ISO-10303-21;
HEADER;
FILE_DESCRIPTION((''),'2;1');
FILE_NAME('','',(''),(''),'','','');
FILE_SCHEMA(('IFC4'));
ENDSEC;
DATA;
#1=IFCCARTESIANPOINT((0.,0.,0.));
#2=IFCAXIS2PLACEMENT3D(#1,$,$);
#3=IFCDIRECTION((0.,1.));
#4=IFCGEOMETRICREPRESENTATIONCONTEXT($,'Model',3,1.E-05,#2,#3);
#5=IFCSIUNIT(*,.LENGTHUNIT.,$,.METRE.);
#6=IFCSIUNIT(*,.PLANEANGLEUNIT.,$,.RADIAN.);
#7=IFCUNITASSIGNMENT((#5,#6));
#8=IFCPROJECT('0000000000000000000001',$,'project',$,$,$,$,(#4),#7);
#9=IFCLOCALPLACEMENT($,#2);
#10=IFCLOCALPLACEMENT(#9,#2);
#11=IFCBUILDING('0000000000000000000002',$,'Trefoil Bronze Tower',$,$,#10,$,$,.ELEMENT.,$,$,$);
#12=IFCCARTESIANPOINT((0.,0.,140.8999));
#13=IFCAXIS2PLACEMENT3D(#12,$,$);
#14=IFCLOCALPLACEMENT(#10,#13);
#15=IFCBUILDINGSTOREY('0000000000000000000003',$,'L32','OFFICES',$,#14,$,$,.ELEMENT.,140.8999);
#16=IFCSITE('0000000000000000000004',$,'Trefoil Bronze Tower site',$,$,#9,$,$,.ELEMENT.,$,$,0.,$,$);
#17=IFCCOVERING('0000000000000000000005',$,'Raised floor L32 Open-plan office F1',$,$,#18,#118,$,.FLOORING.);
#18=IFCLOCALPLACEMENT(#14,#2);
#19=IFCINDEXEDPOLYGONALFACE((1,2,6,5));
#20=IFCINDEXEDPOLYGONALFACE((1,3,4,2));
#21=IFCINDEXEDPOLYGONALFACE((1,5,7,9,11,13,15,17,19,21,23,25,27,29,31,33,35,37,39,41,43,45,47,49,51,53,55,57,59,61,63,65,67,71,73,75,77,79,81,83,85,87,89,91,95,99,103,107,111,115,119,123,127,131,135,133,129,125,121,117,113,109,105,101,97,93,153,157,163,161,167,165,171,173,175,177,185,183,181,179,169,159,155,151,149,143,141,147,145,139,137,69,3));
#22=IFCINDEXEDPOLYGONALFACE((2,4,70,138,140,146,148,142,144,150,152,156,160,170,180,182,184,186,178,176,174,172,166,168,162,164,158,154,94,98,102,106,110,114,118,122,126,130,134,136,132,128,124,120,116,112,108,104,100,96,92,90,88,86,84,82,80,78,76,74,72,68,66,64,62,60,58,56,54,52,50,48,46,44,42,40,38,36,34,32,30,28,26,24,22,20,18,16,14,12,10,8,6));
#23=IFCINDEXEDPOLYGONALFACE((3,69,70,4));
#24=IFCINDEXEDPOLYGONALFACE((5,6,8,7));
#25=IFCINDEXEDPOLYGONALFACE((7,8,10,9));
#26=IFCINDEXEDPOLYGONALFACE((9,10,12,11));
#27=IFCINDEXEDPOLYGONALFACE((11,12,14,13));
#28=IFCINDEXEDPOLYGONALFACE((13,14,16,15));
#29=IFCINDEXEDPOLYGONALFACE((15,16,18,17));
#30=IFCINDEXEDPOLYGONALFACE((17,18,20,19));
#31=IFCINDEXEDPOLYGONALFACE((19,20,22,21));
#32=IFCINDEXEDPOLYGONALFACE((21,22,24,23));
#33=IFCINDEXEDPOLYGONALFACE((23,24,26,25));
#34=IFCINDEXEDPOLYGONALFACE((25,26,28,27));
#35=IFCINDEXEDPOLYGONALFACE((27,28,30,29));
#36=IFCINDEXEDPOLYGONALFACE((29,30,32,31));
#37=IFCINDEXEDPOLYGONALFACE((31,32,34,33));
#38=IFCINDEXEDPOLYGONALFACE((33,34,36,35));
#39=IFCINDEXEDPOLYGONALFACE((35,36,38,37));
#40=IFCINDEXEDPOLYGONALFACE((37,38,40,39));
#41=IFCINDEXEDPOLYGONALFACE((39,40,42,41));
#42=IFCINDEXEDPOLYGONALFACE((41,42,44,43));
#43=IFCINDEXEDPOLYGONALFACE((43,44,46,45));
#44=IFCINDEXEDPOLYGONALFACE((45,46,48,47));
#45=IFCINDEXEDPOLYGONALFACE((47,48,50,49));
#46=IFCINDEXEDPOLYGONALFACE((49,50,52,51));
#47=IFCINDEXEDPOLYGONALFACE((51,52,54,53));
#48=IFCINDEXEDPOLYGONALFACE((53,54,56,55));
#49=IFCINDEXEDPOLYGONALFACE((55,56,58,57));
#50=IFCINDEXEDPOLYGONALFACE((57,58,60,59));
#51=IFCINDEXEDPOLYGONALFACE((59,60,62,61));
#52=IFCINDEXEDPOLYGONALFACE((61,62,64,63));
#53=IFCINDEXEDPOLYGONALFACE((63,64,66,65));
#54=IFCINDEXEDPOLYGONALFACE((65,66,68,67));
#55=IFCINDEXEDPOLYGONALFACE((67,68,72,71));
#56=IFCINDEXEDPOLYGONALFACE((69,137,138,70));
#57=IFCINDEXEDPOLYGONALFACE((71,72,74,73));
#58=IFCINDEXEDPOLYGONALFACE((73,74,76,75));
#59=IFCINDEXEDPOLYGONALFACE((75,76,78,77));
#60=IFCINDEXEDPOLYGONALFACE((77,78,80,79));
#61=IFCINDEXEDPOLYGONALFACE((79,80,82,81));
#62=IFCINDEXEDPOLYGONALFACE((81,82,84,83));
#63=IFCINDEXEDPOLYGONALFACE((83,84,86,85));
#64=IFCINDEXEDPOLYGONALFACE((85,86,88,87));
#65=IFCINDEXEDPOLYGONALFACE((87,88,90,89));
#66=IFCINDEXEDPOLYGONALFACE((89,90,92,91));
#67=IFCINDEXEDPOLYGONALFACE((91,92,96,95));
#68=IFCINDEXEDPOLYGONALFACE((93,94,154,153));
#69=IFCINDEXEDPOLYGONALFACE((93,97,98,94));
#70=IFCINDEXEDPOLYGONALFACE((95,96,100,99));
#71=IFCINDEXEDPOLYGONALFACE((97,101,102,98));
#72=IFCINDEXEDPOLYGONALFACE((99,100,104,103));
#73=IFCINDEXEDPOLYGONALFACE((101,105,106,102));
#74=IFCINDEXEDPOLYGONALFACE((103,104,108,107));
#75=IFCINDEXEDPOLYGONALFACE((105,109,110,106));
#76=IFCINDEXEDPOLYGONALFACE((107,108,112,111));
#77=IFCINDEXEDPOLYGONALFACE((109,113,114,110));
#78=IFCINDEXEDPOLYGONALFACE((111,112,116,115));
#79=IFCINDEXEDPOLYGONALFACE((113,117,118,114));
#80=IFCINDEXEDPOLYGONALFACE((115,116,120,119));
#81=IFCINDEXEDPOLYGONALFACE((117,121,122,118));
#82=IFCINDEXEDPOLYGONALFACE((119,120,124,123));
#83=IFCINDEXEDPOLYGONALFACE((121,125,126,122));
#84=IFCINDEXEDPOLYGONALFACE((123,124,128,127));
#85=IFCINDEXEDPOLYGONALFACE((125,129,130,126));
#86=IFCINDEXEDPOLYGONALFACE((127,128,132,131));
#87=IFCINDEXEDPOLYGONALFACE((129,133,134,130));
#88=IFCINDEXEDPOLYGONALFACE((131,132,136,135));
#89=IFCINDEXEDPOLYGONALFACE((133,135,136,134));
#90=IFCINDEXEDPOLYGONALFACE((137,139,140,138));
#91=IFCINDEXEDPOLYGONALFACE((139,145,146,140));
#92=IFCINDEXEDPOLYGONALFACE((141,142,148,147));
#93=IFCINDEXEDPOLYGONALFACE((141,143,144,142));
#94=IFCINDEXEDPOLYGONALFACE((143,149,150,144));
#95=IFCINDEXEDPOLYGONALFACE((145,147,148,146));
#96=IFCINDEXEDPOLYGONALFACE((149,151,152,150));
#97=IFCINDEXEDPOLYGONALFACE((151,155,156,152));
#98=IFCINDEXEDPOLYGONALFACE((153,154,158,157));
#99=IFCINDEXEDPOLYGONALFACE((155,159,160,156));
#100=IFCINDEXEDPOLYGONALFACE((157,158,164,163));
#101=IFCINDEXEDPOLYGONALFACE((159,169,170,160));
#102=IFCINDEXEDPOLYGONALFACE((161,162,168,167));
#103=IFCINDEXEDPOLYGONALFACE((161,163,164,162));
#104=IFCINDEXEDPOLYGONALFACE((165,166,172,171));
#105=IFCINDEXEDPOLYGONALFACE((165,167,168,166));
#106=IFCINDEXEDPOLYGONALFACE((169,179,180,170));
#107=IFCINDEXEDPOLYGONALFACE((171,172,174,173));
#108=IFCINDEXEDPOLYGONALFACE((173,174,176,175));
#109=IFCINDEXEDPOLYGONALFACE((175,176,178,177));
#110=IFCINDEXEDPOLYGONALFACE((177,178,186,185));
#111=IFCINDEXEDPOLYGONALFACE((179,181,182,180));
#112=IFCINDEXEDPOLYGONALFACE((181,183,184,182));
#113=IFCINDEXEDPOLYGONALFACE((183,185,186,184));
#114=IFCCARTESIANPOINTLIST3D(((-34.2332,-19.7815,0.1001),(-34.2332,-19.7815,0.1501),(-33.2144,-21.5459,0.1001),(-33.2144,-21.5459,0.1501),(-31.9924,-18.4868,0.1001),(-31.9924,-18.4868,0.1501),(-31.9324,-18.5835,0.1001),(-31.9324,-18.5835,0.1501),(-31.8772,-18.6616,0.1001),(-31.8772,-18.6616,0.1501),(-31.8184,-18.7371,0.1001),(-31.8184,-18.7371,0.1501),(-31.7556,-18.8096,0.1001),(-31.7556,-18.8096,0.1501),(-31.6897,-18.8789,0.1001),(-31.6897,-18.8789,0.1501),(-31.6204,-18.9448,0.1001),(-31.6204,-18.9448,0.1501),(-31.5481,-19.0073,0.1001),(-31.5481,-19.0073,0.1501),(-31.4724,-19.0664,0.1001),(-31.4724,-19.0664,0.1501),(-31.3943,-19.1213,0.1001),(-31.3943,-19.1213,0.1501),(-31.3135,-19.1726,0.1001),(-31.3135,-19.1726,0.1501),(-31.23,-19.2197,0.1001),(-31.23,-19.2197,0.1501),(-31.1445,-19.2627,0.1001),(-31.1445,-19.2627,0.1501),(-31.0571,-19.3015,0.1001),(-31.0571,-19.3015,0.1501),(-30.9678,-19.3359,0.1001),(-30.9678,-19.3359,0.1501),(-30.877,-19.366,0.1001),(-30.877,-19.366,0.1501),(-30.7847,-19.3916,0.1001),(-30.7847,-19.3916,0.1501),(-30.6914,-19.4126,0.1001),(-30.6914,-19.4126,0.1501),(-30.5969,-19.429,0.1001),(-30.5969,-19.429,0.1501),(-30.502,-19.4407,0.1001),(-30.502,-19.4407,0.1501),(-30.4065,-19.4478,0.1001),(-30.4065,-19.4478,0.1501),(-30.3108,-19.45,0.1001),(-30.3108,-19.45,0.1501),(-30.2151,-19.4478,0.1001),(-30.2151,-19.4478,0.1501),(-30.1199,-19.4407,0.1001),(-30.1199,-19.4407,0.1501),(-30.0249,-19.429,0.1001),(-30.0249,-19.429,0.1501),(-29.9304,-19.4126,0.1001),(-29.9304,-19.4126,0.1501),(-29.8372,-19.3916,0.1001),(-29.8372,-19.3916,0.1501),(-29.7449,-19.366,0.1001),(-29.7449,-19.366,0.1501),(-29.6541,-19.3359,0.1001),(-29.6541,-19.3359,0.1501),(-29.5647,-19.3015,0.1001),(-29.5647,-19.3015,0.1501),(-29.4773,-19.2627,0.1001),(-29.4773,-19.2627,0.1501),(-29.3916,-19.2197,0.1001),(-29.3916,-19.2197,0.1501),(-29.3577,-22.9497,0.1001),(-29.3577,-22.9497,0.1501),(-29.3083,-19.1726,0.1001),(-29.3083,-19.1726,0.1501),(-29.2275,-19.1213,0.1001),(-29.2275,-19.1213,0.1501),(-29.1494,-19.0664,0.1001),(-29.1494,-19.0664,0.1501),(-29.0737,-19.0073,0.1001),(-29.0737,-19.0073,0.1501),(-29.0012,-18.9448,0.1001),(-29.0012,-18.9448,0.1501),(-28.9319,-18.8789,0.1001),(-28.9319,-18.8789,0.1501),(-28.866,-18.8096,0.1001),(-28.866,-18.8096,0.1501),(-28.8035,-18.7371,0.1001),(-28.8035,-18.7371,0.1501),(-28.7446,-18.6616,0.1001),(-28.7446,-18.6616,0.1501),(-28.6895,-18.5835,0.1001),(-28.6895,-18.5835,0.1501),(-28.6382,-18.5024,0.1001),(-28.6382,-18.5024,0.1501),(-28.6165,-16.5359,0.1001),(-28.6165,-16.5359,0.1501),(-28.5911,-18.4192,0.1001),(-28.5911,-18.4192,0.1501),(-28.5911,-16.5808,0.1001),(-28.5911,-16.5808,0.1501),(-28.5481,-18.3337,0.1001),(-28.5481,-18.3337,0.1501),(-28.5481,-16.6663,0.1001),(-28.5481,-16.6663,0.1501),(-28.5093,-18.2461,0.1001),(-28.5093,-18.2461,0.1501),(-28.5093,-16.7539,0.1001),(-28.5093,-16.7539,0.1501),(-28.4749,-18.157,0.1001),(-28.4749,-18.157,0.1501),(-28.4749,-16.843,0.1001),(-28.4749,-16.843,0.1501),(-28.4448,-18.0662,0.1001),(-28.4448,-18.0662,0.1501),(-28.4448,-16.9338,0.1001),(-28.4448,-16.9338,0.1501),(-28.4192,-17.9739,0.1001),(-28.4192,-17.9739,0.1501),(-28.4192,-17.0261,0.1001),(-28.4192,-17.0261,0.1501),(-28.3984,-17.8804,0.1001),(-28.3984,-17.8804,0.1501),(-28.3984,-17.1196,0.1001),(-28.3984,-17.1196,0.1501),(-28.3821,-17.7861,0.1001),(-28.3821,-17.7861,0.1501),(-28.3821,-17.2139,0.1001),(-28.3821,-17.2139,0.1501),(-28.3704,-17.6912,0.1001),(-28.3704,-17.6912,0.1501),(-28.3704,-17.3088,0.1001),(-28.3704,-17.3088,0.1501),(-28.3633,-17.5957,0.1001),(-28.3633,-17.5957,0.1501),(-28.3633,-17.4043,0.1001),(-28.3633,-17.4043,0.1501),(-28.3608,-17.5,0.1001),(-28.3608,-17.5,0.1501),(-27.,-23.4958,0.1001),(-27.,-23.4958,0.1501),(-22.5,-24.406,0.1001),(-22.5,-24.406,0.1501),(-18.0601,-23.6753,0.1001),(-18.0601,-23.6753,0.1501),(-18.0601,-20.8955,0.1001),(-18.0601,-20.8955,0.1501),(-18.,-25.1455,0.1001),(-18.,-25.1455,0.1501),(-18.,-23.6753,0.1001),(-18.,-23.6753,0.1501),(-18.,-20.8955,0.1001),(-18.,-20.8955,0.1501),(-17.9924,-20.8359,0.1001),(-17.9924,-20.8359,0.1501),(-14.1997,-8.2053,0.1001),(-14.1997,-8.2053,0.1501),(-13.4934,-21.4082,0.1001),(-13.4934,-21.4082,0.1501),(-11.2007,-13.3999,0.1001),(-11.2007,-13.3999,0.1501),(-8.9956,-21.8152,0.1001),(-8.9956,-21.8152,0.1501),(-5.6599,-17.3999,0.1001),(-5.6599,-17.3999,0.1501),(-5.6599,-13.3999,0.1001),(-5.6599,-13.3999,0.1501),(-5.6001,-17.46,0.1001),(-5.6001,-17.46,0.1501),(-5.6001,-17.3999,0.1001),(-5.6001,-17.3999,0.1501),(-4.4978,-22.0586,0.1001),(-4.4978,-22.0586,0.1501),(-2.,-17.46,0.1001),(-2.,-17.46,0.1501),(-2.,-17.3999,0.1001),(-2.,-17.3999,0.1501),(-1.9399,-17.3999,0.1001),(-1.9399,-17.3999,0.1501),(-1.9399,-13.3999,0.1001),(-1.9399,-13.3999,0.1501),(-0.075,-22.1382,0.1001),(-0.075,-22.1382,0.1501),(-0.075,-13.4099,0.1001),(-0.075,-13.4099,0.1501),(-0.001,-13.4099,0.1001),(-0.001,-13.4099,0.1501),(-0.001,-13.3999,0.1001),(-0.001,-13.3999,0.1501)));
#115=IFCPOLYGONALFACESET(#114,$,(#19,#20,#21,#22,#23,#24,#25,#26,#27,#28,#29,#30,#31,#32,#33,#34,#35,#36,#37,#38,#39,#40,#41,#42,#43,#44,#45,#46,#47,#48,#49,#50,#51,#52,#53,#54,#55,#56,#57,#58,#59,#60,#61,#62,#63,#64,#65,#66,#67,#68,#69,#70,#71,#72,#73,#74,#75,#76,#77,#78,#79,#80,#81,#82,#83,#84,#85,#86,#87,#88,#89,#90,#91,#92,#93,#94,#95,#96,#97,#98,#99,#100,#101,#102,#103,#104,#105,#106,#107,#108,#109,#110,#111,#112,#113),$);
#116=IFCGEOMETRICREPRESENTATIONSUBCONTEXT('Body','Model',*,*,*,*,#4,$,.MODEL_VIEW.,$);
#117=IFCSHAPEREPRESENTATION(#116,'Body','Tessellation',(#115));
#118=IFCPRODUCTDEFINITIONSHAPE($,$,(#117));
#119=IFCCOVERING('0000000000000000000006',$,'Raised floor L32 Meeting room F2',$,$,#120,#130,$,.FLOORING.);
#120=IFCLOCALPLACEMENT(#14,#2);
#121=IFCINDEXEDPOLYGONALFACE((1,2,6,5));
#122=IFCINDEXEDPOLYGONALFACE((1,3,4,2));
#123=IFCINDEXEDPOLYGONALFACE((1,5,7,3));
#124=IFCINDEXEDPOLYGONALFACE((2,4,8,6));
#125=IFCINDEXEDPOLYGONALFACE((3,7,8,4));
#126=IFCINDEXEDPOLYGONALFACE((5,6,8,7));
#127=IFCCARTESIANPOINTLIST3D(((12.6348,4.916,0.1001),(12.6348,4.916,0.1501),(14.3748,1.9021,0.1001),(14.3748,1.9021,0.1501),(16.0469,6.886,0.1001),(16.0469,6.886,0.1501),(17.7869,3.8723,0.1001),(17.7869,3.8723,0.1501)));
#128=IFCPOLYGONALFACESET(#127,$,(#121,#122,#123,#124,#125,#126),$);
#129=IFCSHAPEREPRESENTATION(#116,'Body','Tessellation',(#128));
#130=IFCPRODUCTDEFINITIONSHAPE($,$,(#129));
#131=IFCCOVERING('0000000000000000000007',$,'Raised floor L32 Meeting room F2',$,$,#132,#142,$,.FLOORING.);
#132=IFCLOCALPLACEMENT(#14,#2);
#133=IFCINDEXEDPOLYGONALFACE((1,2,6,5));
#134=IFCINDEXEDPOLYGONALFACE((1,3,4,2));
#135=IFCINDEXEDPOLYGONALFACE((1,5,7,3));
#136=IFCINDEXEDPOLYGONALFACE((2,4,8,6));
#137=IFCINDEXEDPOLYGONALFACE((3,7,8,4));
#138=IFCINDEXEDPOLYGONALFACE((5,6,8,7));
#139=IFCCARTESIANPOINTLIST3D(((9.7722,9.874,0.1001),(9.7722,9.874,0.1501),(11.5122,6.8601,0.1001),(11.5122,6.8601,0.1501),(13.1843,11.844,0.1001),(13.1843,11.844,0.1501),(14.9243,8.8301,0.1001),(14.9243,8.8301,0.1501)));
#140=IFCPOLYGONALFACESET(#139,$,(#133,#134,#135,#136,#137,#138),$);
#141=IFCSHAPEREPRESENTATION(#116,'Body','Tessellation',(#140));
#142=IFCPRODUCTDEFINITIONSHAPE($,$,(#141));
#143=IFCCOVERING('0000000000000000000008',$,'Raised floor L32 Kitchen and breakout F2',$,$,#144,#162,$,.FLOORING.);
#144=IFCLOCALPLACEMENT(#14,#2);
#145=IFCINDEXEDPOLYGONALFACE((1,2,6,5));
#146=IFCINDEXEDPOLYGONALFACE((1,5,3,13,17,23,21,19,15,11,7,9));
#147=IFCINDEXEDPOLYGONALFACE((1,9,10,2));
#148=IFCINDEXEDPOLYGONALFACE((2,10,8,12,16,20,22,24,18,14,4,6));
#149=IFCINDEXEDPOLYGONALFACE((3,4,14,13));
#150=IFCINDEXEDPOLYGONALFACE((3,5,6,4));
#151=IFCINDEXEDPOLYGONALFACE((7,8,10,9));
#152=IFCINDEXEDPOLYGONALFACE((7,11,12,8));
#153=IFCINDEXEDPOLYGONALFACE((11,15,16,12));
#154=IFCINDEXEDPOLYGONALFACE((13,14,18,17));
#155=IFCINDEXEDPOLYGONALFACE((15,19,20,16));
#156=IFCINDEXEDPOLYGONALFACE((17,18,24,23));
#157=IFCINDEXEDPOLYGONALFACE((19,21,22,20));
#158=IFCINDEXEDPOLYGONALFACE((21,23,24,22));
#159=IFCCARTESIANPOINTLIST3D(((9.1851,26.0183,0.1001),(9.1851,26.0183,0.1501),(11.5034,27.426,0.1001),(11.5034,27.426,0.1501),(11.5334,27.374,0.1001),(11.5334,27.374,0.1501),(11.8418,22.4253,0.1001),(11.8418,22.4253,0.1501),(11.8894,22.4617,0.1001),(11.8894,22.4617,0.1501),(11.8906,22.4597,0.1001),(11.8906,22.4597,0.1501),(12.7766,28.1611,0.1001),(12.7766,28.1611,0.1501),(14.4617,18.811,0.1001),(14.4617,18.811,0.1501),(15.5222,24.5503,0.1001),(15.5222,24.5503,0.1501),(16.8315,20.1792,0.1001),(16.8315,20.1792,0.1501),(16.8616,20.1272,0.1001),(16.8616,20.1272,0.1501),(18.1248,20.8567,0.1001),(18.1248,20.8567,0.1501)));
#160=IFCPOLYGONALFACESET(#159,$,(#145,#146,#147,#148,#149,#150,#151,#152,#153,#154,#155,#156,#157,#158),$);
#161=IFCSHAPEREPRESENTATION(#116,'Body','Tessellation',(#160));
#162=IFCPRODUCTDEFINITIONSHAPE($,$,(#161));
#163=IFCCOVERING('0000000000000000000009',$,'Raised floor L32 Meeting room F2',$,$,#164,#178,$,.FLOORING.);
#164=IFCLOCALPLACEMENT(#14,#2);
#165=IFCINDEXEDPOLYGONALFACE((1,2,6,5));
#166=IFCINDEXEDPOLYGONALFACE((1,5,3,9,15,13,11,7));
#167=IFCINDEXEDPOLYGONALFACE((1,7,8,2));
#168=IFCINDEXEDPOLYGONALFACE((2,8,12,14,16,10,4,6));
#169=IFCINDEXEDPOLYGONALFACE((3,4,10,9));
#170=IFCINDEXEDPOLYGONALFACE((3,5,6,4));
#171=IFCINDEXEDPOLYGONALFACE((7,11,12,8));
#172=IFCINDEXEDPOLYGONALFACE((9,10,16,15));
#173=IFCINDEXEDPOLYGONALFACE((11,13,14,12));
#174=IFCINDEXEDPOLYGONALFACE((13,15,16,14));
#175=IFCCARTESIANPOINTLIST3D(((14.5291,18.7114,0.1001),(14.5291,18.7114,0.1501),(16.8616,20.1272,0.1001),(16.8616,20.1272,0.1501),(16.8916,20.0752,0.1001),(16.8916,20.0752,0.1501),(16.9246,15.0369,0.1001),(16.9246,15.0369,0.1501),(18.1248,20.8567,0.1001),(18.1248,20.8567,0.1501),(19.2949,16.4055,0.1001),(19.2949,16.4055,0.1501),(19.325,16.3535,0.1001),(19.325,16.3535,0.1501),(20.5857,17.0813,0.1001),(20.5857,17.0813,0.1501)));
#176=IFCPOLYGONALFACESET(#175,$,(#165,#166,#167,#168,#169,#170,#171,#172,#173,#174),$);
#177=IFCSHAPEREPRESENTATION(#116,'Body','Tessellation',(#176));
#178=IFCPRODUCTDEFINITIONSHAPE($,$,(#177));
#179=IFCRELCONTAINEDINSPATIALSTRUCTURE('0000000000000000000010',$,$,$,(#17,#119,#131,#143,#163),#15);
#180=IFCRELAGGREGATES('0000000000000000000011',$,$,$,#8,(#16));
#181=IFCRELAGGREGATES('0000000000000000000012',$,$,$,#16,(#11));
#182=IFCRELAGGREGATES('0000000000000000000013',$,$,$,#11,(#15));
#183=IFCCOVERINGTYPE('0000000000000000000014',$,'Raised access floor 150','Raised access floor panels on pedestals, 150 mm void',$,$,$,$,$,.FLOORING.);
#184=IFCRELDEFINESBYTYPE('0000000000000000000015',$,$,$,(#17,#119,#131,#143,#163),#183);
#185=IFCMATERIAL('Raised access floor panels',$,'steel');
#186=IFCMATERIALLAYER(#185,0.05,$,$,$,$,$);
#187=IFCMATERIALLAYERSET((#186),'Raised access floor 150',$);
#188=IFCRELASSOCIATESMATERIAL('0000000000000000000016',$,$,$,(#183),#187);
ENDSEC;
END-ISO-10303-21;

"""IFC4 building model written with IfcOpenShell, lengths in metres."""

from ifc_helpers import new_model, si_unit, direction, frame, origin, place, context, subcontext, project, spatial, polyline, outline, extrude, material, layer, layer_set, type_object, element, save


model = new_model("IFC4")

# Units and contexts
model_context = context("Model", 3, precision=1e-05, world=origin(), true_north=direction((0.0, 1.0)))
body_context = subcontext(model_context, "Body", "Model", "MODEL_VIEW")
ifc_project = project(units=[si_unit("LENGTHUNIT", "METRE"), si_unit("PLANEANGLEUNIT", "RADIAN")], contexts=[model_context])

# Site, building, storey
site_placement = place(None, origin())
site = spatial("IfcSite", under=ifc_project, at=site_placement, Name="Trefoil Bronze Tower site", CompositionType="ELEMENT", RefElevation=0.0)
building_placement = place(site_placement, origin())
building = spatial("IfcBuilding", under=site, at=building_placement, Name="Trefoil Bronze Tower", CompositionType="ELEMENT")
storey_placement = place(building_placement, frame((0.0, 0.0, 140.8999)))
storey = spatial("IfcBuildingStorey", under=building, at=storey_placement, Name="L32", Description="OFFICES", CompositionType="ELEMENT", Elevation=140.8999)

# Coverings
ifc_material_1 = material(Name="Raised access floor panels", Category="steel")
ifc_layer_1 = layer(ifc_material_1, 0.05)
ifc_layer_set_1 = layer_set([ifc_layer_1], Name="Raised access floor 150")
covering_type_1 = type_object("IfcCoveringType", Name="Raised access floor 150", Description="Raised access floor panels on pedestals, 150 mm void", PredefinedType="FLOORING", material=ifc_layer_set_1)
covering_1_placement = place(storey_placement, frame((0.0, 0.0, 0.1001)))
element("IfcCovering", 1, at=covering_1_placement, inside=storey, type_object=covering_type_1, Name="Raised floor L32 Open-plan office F1", PredefinedType="FLOORING", context=body_context, shape_type="SweptSolid", body=[
    extrude(outline(polyline([(-28.6165, -16.5359), (-14.1997, -8.2053), (-11.2007, -13.3999), (-5.6599, -13.3999), (-5.6599, -17.3999), (-5.6001, -17.3999), (-5.6001, -17.46), (-2.0, -17.46), (-2.0, -17.3999), (-1.9399, -17.3999), (-1.9399, -13.3999), (-0.001, -13.3999), (-0.001, -13.4099), (-0.075, -13.4099), (-0.075, -22.1382), (-4.4978, -22.0586), (-8.9956, -21.8152), (-13.4934, -21.4082), (-17.9924, -20.8359), (-18.0, -20.8955), (-18.0601, -20.8955), (-18.0601, -23.6753), (-18.0, -23.6753), (-18.0, -25.1455), (-22.5, -24.406), (-27.0, -23.4958), (-29.3577, -22.9497), (-33.2144, -21.5459), (-34.2332, -19.7815), (-31.9924, -18.4868), (-31.9324, -18.5835), (-31.8772, -18.6616), (-31.8184, -18.7371), (-31.7556, -18.8096), (-31.6897, -18.8789), (-31.6204, -18.9448), (-31.5481, -19.0073), (-31.4724, -19.0664), (-31.3943, -19.1213), (-31.3135, -19.1726), (-31.23, -19.2197), (-31.1445, -19.2627), (-31.0571, -19.3015), (-30.9678, -19.3359), (-30.877, -19.366), (-30.7847, -19.3916), (-30.6914, -19.4126), (-30.5969, -19.429), (-30.502, -19.4407), (-30.4065, -19.4478), (-30.3108, -19.45), (-30.2151, -19.4478), (-30.1199, -19.4407), (-30.0249, -19.429), (-29.9304, -19.4126), (-29.8372, -19.3916), (-29.7449, -19.366), (-29.6541, -19.3359), (-29.5647, -19.3015), (-29.4773, -19.2627), (-29.3916, -19.2197), (-29.3083, -19.1726), (-29.2275, -19.1213), (-29.1494, -19.0664), (-29.0737, -19.0073), (-29.0012, -18.9448), (-28.9319, -18.8789), (-28.866, -18.8096), (-28.8035, -18.7371), (-28.7446, -18.6616), (-28.6895, -18.5835), (-28.6382, -18.5024), (-28.5911, -18.4192), (-28.5481, -18.3337), (-28.5093, -18.2461), (-28.4749, -18.157), (-28.4448, -18.0662), (-28.4192, -17.9739), (-28.3984, -17.8804), (-28.3821, -17.7861), (-28.3704, -17.6912), (-28.3633, -17.5957), (-28.3608, -17.5), (-28.3633, -17.4043), (-28.3704, -17.3088), (-28.3821, -17.2139), (-28.3984, -17.1196), (-28.4192, -17.0261), (-28.4448, -16.9338), (-28.4749, -16.843), (-28.5093, -16.7539), (-28.5481, -16.6663), (-28.5911, -16.5808), (-28.6165, -16.5359)])), origin(), (0.0, 0.0, 1.0), 0.05),
])
covering_2_placement = place(storey_placement, frame((0.0, 0.0, 0.1001)))
element("IfcCovering", 2, at=covering_2_placement, inside=storey, type_object=covering_type_1, Name="Raised floor L32 Meeting room F2", PredefinedType="FLOORING", context=body_context, shape_type="SweptSolid", body=[
    extrude(outline(polyline([(12.6348, 4.916), (16.0469, 6.886), (17.7869, 3.8723), (14.3748, 1.9021), (12.6348, 4.916)])), origin(), (0.0, 0.0, 1.0), 0.05),
])
covering_3_placement = place(storey_placement, frame((0.0, 0.0, 0.1001)))
element("IfcCovering", 3, at=covering_3_placement, inside=storey, type_object=covering_type_1, Name="Raised floor L32 Meeting room F2", PredefinedType="FLOORING", context=body_context, shape_type="SweptSolid", body=[
    extrude(outline(polyline([(9.7722, 9.874), (13.1843, 11.844), (14.9243, 8.8301), (11.5122, 6.8601), (9.7722, 9.874)])), origin(), (0.0, 0.0, 1.0), 0.05),
])
covering_4_placement = place(storey_placement, frame((0.0, 0.0, 0.1001)))
element("IfcCovering", 4, at=covering_4_placement, inside=storey, type_object=covering_type_1, Name="Raised floor L32 Kitchen and breakout F2", PredefinedType="FLOORING", context=body_context, shape_type="SweptSolid", body=[
    extrude(outline(polyline([(18.1248, 20.8567), (16.8616, 20.1272), (16.8315, 20.1792), (14.4617, 18.811), (11.8906, 22.4597), (11.8418, 22.4253), (11.8894, 22.4617), (9.1851, 26.0183), (11.5334, 27.374), (11.5034, 27.426), (12.7766, 28.1611), (15.5222, 24.5503), (18.1248, 20.8567)])), origin(), (0.0, 0.0, 1.0), 0.05),
])
covering_5_placement = place(storey_placement, frame((0.0, 0.0, 0.1001)))
element("IfcCovering", 5, at=covering_5_placement, inside=storey, type_object=covering_type_1, Name="Raised floor L32 Meeting room F2", PredefinedType="FLOORING", context=body_context, shape_type="SweptSolid", body=[
    extrude(outline(polyline([(20.5857, 17.0813), (19.325, 16.3535), (19.2949, 16.4055), (16.9246, 15.0369), (14.5291, 18.7114), (16.8916, 20.0752), (16.8616, 20.1272), (18.1248, 20.8567), (20.5857, 17.0813)])), origin(), (0.0, 0.0, 1.0), 0.05),
])

save(model, "model.ifc")
